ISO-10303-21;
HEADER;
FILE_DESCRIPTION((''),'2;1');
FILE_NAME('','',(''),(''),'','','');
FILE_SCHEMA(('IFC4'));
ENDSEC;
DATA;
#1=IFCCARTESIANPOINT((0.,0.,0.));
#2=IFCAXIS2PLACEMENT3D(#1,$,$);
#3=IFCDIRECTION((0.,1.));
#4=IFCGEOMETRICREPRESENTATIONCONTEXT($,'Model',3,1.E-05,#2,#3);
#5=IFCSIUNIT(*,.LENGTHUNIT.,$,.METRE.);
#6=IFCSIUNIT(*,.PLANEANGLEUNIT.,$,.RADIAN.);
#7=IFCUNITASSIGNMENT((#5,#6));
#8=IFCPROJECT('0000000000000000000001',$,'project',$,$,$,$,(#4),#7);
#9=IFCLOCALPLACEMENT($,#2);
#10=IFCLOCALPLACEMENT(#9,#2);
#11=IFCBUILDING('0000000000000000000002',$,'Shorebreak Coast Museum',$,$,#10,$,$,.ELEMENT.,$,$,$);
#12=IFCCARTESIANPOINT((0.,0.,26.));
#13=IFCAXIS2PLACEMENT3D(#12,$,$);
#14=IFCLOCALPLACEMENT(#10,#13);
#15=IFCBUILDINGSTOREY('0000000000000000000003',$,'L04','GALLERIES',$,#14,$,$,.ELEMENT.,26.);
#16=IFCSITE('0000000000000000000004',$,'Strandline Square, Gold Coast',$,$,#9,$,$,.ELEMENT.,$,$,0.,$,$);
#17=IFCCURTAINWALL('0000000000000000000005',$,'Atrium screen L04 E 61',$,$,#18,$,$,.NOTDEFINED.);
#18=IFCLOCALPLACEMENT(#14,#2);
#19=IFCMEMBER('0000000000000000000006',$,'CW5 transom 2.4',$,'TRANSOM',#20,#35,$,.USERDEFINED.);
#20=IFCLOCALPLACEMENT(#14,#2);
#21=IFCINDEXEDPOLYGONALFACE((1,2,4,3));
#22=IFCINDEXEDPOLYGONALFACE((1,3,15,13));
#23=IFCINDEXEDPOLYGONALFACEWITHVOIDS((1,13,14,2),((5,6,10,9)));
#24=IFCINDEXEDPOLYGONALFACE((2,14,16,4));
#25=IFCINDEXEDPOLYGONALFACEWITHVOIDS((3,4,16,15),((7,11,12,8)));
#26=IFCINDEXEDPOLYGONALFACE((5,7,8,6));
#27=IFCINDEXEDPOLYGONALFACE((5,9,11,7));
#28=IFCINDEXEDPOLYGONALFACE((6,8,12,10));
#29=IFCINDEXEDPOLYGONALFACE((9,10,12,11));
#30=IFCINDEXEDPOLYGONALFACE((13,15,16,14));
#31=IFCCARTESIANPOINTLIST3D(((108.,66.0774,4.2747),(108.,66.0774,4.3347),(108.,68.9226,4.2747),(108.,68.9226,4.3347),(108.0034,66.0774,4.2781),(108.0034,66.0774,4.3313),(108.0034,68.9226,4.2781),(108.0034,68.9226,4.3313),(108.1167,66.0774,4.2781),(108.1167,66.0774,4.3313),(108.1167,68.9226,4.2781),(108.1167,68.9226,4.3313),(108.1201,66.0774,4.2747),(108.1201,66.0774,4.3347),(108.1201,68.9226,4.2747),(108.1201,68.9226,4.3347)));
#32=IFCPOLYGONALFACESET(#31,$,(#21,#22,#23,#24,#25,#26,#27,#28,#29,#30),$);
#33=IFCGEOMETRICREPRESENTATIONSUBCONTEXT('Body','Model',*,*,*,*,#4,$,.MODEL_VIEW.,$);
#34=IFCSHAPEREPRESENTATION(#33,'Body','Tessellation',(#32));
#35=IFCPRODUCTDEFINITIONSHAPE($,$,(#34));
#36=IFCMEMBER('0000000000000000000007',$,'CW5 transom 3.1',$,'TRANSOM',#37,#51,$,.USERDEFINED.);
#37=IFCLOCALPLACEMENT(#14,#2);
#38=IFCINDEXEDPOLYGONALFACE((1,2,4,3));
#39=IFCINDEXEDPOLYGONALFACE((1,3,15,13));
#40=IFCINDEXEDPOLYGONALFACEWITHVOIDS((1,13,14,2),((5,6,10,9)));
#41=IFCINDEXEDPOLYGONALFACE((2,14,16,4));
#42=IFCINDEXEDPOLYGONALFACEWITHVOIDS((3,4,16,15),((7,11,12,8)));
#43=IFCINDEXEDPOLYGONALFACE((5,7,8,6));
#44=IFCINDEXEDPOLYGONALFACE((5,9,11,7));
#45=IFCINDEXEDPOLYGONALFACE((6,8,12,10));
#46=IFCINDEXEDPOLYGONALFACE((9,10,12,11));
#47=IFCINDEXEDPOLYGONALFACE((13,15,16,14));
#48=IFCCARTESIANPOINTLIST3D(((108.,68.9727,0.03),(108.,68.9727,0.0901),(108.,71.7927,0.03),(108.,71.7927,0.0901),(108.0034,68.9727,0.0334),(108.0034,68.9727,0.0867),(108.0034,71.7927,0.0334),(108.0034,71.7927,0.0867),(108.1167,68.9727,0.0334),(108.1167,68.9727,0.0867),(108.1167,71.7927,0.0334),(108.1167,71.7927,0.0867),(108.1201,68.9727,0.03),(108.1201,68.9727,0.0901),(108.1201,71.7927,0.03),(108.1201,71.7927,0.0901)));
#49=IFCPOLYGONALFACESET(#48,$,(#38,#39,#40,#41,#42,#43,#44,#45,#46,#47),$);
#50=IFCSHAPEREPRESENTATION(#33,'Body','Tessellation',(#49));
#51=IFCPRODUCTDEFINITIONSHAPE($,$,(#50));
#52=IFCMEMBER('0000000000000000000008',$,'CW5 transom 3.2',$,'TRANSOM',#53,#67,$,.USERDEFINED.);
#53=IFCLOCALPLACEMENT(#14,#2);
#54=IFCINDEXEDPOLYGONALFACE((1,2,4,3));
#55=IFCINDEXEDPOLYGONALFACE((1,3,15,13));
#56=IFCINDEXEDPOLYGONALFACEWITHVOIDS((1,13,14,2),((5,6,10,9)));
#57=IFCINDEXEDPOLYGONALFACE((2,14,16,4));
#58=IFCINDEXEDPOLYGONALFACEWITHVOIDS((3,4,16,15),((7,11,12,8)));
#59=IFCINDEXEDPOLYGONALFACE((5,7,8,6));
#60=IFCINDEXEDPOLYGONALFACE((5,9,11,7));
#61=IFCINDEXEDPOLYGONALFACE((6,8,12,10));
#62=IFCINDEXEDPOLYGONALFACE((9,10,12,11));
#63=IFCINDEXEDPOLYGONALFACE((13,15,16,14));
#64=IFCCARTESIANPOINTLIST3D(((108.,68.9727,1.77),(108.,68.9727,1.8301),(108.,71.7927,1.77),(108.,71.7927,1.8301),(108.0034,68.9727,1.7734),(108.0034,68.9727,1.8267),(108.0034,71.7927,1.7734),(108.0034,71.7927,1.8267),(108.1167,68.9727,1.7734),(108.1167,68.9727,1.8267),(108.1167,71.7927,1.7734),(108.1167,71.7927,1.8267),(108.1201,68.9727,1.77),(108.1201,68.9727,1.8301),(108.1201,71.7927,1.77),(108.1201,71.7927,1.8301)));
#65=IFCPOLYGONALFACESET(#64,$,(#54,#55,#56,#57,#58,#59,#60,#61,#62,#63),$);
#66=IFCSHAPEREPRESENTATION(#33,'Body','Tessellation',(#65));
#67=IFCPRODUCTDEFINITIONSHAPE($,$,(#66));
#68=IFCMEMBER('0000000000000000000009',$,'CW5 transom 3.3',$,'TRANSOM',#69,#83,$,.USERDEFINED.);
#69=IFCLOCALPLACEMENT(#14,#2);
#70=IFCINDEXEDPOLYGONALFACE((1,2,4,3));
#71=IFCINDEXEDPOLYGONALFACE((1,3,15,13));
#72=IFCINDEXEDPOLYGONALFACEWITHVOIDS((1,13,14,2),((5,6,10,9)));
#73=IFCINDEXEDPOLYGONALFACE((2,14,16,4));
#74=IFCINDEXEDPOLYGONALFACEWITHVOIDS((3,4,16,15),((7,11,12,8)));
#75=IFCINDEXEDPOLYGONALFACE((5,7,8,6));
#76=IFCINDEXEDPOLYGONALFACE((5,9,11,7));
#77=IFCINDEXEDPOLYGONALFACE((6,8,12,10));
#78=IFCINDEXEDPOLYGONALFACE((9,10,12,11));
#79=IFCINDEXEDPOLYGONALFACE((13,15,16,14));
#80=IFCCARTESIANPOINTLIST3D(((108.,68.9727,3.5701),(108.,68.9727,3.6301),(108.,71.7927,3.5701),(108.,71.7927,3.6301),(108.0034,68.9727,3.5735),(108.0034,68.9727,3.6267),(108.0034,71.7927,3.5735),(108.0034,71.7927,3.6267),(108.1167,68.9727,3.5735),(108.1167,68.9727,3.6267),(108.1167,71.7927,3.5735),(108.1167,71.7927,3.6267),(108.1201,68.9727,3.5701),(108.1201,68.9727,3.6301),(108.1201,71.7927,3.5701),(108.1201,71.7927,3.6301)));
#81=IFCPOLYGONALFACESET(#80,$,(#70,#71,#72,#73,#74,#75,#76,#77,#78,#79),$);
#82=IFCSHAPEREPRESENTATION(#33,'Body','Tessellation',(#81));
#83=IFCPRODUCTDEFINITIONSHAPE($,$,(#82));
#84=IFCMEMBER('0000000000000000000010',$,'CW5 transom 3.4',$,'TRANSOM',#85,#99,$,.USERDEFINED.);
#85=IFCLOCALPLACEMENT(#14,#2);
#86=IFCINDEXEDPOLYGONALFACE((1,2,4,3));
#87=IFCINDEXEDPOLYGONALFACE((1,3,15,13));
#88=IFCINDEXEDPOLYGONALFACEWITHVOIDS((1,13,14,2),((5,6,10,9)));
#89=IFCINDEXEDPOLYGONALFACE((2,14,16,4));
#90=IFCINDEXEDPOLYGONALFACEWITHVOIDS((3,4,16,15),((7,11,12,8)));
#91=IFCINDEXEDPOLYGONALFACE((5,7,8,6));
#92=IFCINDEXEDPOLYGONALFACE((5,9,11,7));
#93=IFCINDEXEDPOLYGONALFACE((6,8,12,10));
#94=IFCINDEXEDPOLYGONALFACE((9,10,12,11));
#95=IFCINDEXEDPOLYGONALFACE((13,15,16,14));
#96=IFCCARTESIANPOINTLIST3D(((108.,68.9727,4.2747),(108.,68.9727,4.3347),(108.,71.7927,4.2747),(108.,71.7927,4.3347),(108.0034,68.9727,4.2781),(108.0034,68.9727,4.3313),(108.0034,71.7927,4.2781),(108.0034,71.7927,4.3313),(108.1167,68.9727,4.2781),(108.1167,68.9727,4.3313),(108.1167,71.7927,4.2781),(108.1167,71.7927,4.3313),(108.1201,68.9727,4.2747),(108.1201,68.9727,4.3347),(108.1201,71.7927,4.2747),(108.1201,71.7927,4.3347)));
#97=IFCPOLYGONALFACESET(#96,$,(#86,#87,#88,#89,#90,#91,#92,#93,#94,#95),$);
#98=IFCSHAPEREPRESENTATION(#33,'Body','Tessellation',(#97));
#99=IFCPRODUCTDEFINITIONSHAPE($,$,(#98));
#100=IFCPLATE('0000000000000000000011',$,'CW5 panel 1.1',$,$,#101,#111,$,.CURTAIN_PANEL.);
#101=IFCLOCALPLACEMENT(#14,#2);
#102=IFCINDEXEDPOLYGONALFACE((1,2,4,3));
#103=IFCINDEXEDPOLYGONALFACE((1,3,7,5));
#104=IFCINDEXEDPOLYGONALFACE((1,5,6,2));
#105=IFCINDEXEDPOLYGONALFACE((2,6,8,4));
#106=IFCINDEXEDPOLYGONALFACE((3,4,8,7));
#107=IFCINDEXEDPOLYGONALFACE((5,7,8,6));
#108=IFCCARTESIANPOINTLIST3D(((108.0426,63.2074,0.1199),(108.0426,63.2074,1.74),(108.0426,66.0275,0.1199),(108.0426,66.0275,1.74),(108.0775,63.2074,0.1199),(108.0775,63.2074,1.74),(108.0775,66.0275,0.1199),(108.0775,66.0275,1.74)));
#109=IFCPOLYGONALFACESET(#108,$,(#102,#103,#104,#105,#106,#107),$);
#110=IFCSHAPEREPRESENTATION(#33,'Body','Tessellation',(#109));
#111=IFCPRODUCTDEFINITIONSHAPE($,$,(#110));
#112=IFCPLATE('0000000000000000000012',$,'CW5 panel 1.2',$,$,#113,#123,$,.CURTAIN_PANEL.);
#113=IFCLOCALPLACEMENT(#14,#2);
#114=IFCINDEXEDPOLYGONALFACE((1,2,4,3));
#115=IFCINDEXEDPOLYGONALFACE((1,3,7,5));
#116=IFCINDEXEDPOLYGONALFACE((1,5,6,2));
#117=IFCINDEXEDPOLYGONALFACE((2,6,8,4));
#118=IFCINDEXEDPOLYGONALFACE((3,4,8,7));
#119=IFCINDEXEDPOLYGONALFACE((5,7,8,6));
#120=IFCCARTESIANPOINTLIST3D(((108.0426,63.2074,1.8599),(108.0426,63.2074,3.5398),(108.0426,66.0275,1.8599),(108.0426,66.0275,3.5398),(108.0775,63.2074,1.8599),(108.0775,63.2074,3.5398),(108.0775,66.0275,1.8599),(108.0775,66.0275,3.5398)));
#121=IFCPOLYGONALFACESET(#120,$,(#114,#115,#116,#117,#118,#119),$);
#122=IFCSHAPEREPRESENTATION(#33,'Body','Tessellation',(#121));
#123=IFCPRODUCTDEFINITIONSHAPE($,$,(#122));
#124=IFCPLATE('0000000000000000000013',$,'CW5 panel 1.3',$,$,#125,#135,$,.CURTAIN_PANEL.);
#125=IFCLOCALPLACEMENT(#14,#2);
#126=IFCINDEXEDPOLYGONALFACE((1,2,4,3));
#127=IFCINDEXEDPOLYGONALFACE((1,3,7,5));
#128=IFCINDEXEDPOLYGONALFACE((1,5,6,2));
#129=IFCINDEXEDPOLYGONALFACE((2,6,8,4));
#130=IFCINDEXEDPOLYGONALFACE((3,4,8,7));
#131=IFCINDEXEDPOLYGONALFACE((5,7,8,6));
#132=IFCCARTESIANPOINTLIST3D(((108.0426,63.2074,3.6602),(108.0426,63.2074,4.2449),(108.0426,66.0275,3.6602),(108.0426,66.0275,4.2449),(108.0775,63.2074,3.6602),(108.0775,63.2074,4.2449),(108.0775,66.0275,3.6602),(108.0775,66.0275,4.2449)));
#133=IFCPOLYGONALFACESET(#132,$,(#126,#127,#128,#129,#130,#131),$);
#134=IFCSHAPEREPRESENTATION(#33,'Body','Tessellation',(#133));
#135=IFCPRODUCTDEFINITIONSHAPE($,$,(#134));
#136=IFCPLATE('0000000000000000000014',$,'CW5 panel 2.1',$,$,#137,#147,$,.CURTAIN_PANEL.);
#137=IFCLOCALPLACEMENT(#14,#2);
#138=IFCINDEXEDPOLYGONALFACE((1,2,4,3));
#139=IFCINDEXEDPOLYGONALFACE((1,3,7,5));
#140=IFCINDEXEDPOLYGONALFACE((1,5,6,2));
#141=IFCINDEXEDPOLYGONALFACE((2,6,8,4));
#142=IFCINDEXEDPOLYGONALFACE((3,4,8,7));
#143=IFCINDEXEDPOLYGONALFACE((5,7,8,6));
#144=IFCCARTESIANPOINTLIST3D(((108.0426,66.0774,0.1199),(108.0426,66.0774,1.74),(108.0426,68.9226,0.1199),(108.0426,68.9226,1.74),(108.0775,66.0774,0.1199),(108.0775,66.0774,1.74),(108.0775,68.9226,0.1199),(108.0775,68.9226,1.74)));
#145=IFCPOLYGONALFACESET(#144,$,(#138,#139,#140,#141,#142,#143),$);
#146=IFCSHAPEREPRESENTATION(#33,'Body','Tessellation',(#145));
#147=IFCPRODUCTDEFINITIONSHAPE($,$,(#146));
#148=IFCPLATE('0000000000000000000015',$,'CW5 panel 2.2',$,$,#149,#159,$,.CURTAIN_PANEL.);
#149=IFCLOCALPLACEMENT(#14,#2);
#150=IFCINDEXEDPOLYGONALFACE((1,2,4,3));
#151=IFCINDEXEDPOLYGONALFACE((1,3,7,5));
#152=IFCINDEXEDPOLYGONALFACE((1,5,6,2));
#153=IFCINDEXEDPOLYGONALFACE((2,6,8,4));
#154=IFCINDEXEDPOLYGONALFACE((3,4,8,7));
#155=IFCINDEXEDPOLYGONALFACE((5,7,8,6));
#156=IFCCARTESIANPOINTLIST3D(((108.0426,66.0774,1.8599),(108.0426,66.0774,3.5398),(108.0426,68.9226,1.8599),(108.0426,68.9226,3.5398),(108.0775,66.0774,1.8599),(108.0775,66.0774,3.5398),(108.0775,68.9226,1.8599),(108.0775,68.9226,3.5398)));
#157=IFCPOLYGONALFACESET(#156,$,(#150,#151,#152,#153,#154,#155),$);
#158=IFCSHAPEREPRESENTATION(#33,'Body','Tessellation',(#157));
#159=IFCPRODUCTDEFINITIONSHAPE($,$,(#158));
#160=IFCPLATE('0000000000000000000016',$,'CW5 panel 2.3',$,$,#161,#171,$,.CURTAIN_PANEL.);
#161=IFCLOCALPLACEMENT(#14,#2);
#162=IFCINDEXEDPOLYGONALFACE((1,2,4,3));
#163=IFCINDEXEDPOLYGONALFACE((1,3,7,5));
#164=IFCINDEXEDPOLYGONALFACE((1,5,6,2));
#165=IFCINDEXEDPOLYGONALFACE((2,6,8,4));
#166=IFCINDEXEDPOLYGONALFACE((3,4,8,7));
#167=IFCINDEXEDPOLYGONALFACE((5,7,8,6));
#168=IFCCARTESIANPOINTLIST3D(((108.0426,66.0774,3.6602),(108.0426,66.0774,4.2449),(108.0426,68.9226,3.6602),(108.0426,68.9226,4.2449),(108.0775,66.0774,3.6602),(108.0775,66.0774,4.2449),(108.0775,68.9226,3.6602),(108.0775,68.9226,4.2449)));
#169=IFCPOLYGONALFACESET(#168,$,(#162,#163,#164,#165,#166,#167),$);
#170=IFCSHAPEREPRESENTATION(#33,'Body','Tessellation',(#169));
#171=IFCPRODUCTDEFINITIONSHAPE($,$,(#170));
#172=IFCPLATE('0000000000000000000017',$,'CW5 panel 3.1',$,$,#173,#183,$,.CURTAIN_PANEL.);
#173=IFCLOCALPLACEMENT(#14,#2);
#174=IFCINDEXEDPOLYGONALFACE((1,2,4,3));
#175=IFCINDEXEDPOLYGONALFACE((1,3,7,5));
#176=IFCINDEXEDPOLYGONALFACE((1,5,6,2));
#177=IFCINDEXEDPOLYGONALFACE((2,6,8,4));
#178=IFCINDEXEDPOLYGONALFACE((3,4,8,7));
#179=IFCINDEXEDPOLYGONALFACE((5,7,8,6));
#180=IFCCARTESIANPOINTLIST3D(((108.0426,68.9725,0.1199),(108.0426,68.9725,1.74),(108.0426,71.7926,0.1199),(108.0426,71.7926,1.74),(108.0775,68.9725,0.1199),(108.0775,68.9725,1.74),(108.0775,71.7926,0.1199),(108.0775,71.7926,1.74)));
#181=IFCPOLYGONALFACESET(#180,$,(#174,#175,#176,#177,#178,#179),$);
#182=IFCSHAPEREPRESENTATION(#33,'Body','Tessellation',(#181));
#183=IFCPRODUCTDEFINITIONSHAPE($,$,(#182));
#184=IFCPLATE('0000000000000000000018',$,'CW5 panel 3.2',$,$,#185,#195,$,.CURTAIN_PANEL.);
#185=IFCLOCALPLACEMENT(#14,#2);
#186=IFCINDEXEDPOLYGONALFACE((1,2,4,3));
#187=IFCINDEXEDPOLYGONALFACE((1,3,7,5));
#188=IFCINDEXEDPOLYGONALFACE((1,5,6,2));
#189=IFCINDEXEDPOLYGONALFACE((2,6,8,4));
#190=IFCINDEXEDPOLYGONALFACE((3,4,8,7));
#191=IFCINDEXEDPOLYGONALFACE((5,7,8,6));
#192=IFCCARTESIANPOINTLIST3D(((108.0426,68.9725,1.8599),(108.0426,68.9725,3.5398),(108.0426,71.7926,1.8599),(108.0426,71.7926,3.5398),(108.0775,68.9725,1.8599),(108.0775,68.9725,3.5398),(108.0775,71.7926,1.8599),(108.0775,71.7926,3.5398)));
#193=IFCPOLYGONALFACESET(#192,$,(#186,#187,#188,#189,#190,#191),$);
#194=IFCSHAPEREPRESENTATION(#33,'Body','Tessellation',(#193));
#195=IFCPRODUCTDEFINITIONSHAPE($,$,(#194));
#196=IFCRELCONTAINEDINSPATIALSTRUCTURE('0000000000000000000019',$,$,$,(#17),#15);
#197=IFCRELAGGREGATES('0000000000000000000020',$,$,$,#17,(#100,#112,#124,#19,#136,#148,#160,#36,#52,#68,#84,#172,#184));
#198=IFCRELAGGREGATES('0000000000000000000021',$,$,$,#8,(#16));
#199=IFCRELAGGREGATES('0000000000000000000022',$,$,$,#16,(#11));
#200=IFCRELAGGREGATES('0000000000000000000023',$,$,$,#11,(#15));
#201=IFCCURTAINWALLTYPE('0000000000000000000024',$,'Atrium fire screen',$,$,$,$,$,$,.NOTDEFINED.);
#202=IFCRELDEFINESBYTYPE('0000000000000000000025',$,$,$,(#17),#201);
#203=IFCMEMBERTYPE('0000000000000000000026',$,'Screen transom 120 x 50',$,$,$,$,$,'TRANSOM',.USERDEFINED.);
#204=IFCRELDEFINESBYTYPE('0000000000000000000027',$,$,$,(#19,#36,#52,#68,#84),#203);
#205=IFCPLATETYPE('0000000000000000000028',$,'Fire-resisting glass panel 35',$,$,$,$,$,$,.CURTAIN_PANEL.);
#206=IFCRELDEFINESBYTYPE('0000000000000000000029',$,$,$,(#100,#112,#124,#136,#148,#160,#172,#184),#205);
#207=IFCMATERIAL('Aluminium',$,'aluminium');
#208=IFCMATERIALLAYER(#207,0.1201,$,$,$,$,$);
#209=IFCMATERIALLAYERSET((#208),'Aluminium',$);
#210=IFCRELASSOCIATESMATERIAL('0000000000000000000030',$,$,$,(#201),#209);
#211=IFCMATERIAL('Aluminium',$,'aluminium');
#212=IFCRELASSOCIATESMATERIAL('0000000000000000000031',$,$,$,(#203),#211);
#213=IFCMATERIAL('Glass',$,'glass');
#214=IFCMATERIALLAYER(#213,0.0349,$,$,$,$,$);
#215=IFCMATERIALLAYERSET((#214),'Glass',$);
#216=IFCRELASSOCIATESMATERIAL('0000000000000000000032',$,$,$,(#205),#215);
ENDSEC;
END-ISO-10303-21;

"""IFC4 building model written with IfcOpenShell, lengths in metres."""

from ifc_helpers import new_model, si_unit, direction, frame, origin, origin_2d, place, context, subcontext, project, spatial, rectangle, hollow_rectangle, extrude, material, layer, layer_set, material_profile, profile_set, type_object, element, aggregate, save


model = new_model("IFC4")

# Units and contexts
model_context = context("Model", 3, precision=1e-05, world=origin(), true_north=direction((0.0, 1.0)))
body_context = subcontext(model_context, "Body", "Model", "MODEL_VIEW")
ifc_project = project(units=[si_unit("LENGTHUNIT", "METRE"), si_unit("PLANEANGLEUNIT", "RADIAN")], contexts=[model_context])

# Site, building, storey
site_placement = place(None, origin())
site = spatial("IfcSite", under=ifc_project, at=site_placement, Name="Strandline Square, Gold Coast", CompositionType="ELEMENT", RefElevation=0.0)
building_placement = place(site_placement, origin())
building = spatial("IfcBuilding", under=site, at=building_placement, Name="Shorebreak Coast Museum", CompositionType="ELEMENT")
storey_placement = place(building_placement, frame((0.0, 0.0, 26.0)))
storey = spatial("IfcBuildingStorey", under=building, at=storey_placement, Name="L04", Description="GALLERIES", CompositionType="ELEMENT", Elevation=26.0)

# Curtain wall, members, plates
ifc_material_1 = material(Name="Aluminium", Category="aluminium")
ifc_layer_1 = layer(ifc_material_1, 0.1201)
ifc_layer_set_1 = layer_set([ifc_layer_1], Name="Aluminium")
curtain_wall_type = type_object("IfcCurtainWallType", Name="Atrium fire screen", PredefinedType="NOTDEFINED", material=ifc_layer_set_1)
curtain_wall_placement = place(storey_placement, origin())
curtain_wall = element("IfcCurtainWall", 1, at=curtain_wall_placement, inside=storey, type_object=curtain_wall_type, Name="Atrium screen L04 E 61", PredefinedType="NOTDEFINED")
ifc_material_2 = material(Name="Aluminium", Category="aluminium")
ifc_material_profile_1 = material_profile(ifc_material_2, hollow_rectangle(XDim=0.1201, YDim=0.0601, WallThickness=0.0034, at=origin_2d()), Name="AL 60x120 RHS")
ifc_profile_set_1 = profile_set([ifc_material_profile_1], Name="Aluminium")
member_type_1 = type_object("IfcMemberType", Name="Screen transom 120 x 50", ElementType="TRANSOM", PredefinedType="USERDEFINED", material=ifc_profile_set_1)
member_1_placement = place(storey_placement, frame((108.0601, 66.0774, 4.3047), z_axis=(0.0, 1.0, 0.0), x_axis=(-1.0, 0.0, 0.0)))
member_1 = element("IfcMember", 2, at=member_1_placement, type_object=member_type_1, Name="CW5 transom 2.4", ObjectType="TRANSOM", PredefinedType="USERDEFINED", context=body_context, shape_type="SweptSolid", body=[
    extrude(hollow_rectangle(XDim=0.1201, YDim=0.0601, WallThickness=0.0034, at=origin_2d()), origin(), (0.0, 0.0, 1.0), 2.8452),
])
member_2_placement = place(storey_placement, frame((108.0601, 68.9727, 0.0601), z_axis=(0.0, 1.0, 0.0), x_axis=(-1.0, 0.0, 0.0)))
member_2 = element("IfcMember", 3, at=member_2_placement, type_object=member_type_1, Name="CW5 transom 3.1", ObjectType="TRANSOM", PredefinedType="USERDEFINED", context=body_context, shape_type="SweptSolid", body=[
    extrude(hollow_rectangle(XDim=0.1201, YDim=0.0601, WallThickness=0.0034, at=origin_2d()), origin(), (0.0, 0.0, 1.0), 2.8201),
])
member_3_placement = place(storey_placement, frame((108.0601, 68.9727, 1.8), z_axis=(0.0, 1.0, 0.0), x_axis=(-1.0, 0.0, 0.0)))
member_3 = element("IfcMember", 4, at=member_3_placement, type_object=member_type_1, Name="CW5 transom 3.2", ObjectType="TRANSOM", PredefinedType="USERDEFINED", context=body_context, shape_type="SweptSolid", body=[
    extrude(hollow_rectangle(XDim=0.1201, YDim=0.0601, WallThickness=0.0034, at=origin_2d()), origin(), (0.0, 0.0, 1.0), 2.8201),
])
member_4_placement = place(storey_placement, frame((108.0601, 68.9727, 3.6001), z_axis=(0.0, 1.0, 0.0), x_axis=(-1.0, 0.0, 0.0)))
member_4 = element("IfcMember", 5, at=member_4_placement, type_object=member_type_1, Name="CW5 transom 3.3", ObjectType="TRANSOM", PredefinedType="USERDEFINED", context=body_context, shape_type="SweptSolid", body=[
    extrude(hollow_rectangle(XDim=0.1201, YDim=0.0601, WallThickness=0.0034, at=origin_2d()), origin(), (0.0, 0.0, 1.0), 2.8201),
])
member_5_placement = place(storey_placement, frame((108.0601, 68.9727, 4.3047), z_axis=(0.0, 1.0, 0.0), x_axis=(-1.0, 0.0, 0.0)))
member_5 = element("IfcMember", 6, at=member_5_placement, type_object=member_type_1, Name="CW5 transom 3.4", ObjectType="TRANSOM", PredefinedType="USERDEFINED", context=body_context, shape_type="SweptSolid", body=[
    extrude(hollow_rectangle(XDim=0.1201, YDim=0.0601, WallThickness=0.0034, at=origin_2d()), origin(), (0.0, 0.0, 1.0), 2.8201),
])
ifc_material_3 = material(Name="Glass", Category="glass")
ifc_layer_2 = layer(ifc_material_3, 0.0349)
ifc_layer_set_2 = layer_set([ifc_layer_2], Name="Glass")
plate_type = type_object("IfcPlateType", Name="Fire-resisting glass panel 35", PredefinedType="CURTAIN_PANEL", material=ifc_layer_set_2)
plate_1_placement = place(storey_placement, frame((108.0601, 64.6174, 0.1199), z_axis=(0.0, 0.0, 1.0), x_axis=(0.0, 1.0, 0.0)))
plate_1 = element("IfcPlate", 7, at=plate_1_placement, type_object=plate_type, Name="CW5 panel 1.1", PredefinedType="CURTAIN_PANEL", context=body_context, shape_type="SweptSolid", body=[
    extrude(rectangle(XDim=2.8201, YDim=0.0349, at=origin_2d()), origin(), (0.0, 0.0, 1.0), 1.6201),
])
plate_2_placement = place(storey_placement, frame((108.0601, 64.6174, 1.8599), z_axis=(0.0, 0.0, 1.0), x_axis=(0.0, 1.0, 0.0)))
plate_2 = element("IfcPlate", 8, at=plate_2_placement, type_object=plate_type, Name="CW5 panel 1.2", PredefinedType="CURTAIN_PANEL", context=body_context, shape_type="SweptSolid", body=[
    extrude(rectangle(XDim=2.8201, YDim=0.0349, at=origin_2d()), origin(), (0.0, 0.0, 1.0), 1.6799),
])
plate_3_placement = place(storey_placement, frame((108.0601, 64.6174, 3.6602), z_axis=(0.0, 0.0, 1.0), x_axis=(0.0, 1.0, 0.0)))
plate_3 = element("IfcPlate", 9, at=plate_3_placement, type_object=plate_type, Name="CW5 panel 1.3", PredefinedType="CURTAIN_PANEL", context=body_context, shape_type="SweptSolid", body=[
    extrude(rectangle(XDim=2.8201, YDim=0.0349, at=origin_2d()), origin(), (0.0, 0.0, 1.0), 0.5847),
])
plate_4_placement = place(storey_placement, frame((108.0601, 67.5, 0.1199), z_axis=(0.0, 0.0, 1.0), x_axis=(0.0, 1.0, 0.0)))
plate_4 = element("IfcPlate", 10, at=plate_4_placement, type_object=plate_type, Name="CW5 panel 2.1", PredefinedType="CURTAIN_PANEL", context=body_context, shape_type="SweptSolid", body=[
    extrude(rectangle(XDim=2.8452, YDim=0.0349, at=origin_2d()), origin(), (0.0, 0.0, 1.0), 1.6201),
])
plate_5_placement = place(storey_placement, frame((108.0601, 67.5, 1.8599), z_axis=(0.0, 0.0, 1.0), x_axis=(0.0, 1.0, 0.0)))
plate_5 = element("IfcPlate", 11, at=plate_5_placement, type_object=plate_type, Name="CW5 panel 2.2", PredefinedType="CURTAIN_PANEL", context=body_context, shape_type="SweptSolid", body=[
    extrude(rectangle(XDim=2.8452, YDim=0.0349, at=origin_2d()), origin(), (0.0, 0.0, 1.0), 1.6799),
])
plate_6_placement = place(storey_placement, frame((108.0601, 67.5, 3.6602), z_axis=(0.0, 0.0, 1.0), x_axis=(0.0, 1.0, 0.0)))
plate_6 = element("IfcPlate", 12, at=plate_6_placement, type_object=plate_type, Name="CW5 panel 2.3", PredefinedType="CURTAIN_PANEL", context=body_context, shape_type="SweptSolid", body=[
    extrude(rectangle(XDim=2.8452, YDim=0.0349, at=origin_2d()), origin(), (0.0, 0.0, 1.0), 0.5847),
])
plate_7_placement = place(storey_placement, frame((108.0601, 70.3826, 0.1199), z_axis=(0.0, 0.0, 1.0), x_axis=(0.0, 1.0, 0.0)))
plate_7 = element("IfcPlate", 13, at=plate_7_placement, type_object=plate_type, Name="CW5 panel 3.1", PredefinedType="CURTAIN_PANEL", context=body_context, shape_type="SweptSolid", body=[
    extrude(rectangle(XDim=2.8201, YDim=0.0349, at=origin_2d()), origin(), (0.0, 0.0, 1.0), 1.6201),
])
plate_8_placement = place(storey_placement, frame((108.0601, 70.3826, 1.8599), z_axis=(0.0, 0.0, 1.0), x_axis=(0.0, 1.0, 0.0)))
plate_8 = element("IfcPlate", 14, at=plate_8_placement, type_object=plate_type, Name="CW5 panel 3.2", PredefinedType="CURTAIN_PANEL", context=body_context, shape_type="SweptSolid", body=[
    extrude(rectangle(XDim=2.8201, YDim=0.0349, at=origin_2d()), origin(), (0.0, 0.0, 1.0), 1.6799),
])
aggregate(curtain_wall, [plate_1, plate_2, plate_3, member_1, plate_4, plate_5, plate_6, member_2, member_3, member_4, member_5, plate_7, plate_8])

save(model, "model.ifc")
